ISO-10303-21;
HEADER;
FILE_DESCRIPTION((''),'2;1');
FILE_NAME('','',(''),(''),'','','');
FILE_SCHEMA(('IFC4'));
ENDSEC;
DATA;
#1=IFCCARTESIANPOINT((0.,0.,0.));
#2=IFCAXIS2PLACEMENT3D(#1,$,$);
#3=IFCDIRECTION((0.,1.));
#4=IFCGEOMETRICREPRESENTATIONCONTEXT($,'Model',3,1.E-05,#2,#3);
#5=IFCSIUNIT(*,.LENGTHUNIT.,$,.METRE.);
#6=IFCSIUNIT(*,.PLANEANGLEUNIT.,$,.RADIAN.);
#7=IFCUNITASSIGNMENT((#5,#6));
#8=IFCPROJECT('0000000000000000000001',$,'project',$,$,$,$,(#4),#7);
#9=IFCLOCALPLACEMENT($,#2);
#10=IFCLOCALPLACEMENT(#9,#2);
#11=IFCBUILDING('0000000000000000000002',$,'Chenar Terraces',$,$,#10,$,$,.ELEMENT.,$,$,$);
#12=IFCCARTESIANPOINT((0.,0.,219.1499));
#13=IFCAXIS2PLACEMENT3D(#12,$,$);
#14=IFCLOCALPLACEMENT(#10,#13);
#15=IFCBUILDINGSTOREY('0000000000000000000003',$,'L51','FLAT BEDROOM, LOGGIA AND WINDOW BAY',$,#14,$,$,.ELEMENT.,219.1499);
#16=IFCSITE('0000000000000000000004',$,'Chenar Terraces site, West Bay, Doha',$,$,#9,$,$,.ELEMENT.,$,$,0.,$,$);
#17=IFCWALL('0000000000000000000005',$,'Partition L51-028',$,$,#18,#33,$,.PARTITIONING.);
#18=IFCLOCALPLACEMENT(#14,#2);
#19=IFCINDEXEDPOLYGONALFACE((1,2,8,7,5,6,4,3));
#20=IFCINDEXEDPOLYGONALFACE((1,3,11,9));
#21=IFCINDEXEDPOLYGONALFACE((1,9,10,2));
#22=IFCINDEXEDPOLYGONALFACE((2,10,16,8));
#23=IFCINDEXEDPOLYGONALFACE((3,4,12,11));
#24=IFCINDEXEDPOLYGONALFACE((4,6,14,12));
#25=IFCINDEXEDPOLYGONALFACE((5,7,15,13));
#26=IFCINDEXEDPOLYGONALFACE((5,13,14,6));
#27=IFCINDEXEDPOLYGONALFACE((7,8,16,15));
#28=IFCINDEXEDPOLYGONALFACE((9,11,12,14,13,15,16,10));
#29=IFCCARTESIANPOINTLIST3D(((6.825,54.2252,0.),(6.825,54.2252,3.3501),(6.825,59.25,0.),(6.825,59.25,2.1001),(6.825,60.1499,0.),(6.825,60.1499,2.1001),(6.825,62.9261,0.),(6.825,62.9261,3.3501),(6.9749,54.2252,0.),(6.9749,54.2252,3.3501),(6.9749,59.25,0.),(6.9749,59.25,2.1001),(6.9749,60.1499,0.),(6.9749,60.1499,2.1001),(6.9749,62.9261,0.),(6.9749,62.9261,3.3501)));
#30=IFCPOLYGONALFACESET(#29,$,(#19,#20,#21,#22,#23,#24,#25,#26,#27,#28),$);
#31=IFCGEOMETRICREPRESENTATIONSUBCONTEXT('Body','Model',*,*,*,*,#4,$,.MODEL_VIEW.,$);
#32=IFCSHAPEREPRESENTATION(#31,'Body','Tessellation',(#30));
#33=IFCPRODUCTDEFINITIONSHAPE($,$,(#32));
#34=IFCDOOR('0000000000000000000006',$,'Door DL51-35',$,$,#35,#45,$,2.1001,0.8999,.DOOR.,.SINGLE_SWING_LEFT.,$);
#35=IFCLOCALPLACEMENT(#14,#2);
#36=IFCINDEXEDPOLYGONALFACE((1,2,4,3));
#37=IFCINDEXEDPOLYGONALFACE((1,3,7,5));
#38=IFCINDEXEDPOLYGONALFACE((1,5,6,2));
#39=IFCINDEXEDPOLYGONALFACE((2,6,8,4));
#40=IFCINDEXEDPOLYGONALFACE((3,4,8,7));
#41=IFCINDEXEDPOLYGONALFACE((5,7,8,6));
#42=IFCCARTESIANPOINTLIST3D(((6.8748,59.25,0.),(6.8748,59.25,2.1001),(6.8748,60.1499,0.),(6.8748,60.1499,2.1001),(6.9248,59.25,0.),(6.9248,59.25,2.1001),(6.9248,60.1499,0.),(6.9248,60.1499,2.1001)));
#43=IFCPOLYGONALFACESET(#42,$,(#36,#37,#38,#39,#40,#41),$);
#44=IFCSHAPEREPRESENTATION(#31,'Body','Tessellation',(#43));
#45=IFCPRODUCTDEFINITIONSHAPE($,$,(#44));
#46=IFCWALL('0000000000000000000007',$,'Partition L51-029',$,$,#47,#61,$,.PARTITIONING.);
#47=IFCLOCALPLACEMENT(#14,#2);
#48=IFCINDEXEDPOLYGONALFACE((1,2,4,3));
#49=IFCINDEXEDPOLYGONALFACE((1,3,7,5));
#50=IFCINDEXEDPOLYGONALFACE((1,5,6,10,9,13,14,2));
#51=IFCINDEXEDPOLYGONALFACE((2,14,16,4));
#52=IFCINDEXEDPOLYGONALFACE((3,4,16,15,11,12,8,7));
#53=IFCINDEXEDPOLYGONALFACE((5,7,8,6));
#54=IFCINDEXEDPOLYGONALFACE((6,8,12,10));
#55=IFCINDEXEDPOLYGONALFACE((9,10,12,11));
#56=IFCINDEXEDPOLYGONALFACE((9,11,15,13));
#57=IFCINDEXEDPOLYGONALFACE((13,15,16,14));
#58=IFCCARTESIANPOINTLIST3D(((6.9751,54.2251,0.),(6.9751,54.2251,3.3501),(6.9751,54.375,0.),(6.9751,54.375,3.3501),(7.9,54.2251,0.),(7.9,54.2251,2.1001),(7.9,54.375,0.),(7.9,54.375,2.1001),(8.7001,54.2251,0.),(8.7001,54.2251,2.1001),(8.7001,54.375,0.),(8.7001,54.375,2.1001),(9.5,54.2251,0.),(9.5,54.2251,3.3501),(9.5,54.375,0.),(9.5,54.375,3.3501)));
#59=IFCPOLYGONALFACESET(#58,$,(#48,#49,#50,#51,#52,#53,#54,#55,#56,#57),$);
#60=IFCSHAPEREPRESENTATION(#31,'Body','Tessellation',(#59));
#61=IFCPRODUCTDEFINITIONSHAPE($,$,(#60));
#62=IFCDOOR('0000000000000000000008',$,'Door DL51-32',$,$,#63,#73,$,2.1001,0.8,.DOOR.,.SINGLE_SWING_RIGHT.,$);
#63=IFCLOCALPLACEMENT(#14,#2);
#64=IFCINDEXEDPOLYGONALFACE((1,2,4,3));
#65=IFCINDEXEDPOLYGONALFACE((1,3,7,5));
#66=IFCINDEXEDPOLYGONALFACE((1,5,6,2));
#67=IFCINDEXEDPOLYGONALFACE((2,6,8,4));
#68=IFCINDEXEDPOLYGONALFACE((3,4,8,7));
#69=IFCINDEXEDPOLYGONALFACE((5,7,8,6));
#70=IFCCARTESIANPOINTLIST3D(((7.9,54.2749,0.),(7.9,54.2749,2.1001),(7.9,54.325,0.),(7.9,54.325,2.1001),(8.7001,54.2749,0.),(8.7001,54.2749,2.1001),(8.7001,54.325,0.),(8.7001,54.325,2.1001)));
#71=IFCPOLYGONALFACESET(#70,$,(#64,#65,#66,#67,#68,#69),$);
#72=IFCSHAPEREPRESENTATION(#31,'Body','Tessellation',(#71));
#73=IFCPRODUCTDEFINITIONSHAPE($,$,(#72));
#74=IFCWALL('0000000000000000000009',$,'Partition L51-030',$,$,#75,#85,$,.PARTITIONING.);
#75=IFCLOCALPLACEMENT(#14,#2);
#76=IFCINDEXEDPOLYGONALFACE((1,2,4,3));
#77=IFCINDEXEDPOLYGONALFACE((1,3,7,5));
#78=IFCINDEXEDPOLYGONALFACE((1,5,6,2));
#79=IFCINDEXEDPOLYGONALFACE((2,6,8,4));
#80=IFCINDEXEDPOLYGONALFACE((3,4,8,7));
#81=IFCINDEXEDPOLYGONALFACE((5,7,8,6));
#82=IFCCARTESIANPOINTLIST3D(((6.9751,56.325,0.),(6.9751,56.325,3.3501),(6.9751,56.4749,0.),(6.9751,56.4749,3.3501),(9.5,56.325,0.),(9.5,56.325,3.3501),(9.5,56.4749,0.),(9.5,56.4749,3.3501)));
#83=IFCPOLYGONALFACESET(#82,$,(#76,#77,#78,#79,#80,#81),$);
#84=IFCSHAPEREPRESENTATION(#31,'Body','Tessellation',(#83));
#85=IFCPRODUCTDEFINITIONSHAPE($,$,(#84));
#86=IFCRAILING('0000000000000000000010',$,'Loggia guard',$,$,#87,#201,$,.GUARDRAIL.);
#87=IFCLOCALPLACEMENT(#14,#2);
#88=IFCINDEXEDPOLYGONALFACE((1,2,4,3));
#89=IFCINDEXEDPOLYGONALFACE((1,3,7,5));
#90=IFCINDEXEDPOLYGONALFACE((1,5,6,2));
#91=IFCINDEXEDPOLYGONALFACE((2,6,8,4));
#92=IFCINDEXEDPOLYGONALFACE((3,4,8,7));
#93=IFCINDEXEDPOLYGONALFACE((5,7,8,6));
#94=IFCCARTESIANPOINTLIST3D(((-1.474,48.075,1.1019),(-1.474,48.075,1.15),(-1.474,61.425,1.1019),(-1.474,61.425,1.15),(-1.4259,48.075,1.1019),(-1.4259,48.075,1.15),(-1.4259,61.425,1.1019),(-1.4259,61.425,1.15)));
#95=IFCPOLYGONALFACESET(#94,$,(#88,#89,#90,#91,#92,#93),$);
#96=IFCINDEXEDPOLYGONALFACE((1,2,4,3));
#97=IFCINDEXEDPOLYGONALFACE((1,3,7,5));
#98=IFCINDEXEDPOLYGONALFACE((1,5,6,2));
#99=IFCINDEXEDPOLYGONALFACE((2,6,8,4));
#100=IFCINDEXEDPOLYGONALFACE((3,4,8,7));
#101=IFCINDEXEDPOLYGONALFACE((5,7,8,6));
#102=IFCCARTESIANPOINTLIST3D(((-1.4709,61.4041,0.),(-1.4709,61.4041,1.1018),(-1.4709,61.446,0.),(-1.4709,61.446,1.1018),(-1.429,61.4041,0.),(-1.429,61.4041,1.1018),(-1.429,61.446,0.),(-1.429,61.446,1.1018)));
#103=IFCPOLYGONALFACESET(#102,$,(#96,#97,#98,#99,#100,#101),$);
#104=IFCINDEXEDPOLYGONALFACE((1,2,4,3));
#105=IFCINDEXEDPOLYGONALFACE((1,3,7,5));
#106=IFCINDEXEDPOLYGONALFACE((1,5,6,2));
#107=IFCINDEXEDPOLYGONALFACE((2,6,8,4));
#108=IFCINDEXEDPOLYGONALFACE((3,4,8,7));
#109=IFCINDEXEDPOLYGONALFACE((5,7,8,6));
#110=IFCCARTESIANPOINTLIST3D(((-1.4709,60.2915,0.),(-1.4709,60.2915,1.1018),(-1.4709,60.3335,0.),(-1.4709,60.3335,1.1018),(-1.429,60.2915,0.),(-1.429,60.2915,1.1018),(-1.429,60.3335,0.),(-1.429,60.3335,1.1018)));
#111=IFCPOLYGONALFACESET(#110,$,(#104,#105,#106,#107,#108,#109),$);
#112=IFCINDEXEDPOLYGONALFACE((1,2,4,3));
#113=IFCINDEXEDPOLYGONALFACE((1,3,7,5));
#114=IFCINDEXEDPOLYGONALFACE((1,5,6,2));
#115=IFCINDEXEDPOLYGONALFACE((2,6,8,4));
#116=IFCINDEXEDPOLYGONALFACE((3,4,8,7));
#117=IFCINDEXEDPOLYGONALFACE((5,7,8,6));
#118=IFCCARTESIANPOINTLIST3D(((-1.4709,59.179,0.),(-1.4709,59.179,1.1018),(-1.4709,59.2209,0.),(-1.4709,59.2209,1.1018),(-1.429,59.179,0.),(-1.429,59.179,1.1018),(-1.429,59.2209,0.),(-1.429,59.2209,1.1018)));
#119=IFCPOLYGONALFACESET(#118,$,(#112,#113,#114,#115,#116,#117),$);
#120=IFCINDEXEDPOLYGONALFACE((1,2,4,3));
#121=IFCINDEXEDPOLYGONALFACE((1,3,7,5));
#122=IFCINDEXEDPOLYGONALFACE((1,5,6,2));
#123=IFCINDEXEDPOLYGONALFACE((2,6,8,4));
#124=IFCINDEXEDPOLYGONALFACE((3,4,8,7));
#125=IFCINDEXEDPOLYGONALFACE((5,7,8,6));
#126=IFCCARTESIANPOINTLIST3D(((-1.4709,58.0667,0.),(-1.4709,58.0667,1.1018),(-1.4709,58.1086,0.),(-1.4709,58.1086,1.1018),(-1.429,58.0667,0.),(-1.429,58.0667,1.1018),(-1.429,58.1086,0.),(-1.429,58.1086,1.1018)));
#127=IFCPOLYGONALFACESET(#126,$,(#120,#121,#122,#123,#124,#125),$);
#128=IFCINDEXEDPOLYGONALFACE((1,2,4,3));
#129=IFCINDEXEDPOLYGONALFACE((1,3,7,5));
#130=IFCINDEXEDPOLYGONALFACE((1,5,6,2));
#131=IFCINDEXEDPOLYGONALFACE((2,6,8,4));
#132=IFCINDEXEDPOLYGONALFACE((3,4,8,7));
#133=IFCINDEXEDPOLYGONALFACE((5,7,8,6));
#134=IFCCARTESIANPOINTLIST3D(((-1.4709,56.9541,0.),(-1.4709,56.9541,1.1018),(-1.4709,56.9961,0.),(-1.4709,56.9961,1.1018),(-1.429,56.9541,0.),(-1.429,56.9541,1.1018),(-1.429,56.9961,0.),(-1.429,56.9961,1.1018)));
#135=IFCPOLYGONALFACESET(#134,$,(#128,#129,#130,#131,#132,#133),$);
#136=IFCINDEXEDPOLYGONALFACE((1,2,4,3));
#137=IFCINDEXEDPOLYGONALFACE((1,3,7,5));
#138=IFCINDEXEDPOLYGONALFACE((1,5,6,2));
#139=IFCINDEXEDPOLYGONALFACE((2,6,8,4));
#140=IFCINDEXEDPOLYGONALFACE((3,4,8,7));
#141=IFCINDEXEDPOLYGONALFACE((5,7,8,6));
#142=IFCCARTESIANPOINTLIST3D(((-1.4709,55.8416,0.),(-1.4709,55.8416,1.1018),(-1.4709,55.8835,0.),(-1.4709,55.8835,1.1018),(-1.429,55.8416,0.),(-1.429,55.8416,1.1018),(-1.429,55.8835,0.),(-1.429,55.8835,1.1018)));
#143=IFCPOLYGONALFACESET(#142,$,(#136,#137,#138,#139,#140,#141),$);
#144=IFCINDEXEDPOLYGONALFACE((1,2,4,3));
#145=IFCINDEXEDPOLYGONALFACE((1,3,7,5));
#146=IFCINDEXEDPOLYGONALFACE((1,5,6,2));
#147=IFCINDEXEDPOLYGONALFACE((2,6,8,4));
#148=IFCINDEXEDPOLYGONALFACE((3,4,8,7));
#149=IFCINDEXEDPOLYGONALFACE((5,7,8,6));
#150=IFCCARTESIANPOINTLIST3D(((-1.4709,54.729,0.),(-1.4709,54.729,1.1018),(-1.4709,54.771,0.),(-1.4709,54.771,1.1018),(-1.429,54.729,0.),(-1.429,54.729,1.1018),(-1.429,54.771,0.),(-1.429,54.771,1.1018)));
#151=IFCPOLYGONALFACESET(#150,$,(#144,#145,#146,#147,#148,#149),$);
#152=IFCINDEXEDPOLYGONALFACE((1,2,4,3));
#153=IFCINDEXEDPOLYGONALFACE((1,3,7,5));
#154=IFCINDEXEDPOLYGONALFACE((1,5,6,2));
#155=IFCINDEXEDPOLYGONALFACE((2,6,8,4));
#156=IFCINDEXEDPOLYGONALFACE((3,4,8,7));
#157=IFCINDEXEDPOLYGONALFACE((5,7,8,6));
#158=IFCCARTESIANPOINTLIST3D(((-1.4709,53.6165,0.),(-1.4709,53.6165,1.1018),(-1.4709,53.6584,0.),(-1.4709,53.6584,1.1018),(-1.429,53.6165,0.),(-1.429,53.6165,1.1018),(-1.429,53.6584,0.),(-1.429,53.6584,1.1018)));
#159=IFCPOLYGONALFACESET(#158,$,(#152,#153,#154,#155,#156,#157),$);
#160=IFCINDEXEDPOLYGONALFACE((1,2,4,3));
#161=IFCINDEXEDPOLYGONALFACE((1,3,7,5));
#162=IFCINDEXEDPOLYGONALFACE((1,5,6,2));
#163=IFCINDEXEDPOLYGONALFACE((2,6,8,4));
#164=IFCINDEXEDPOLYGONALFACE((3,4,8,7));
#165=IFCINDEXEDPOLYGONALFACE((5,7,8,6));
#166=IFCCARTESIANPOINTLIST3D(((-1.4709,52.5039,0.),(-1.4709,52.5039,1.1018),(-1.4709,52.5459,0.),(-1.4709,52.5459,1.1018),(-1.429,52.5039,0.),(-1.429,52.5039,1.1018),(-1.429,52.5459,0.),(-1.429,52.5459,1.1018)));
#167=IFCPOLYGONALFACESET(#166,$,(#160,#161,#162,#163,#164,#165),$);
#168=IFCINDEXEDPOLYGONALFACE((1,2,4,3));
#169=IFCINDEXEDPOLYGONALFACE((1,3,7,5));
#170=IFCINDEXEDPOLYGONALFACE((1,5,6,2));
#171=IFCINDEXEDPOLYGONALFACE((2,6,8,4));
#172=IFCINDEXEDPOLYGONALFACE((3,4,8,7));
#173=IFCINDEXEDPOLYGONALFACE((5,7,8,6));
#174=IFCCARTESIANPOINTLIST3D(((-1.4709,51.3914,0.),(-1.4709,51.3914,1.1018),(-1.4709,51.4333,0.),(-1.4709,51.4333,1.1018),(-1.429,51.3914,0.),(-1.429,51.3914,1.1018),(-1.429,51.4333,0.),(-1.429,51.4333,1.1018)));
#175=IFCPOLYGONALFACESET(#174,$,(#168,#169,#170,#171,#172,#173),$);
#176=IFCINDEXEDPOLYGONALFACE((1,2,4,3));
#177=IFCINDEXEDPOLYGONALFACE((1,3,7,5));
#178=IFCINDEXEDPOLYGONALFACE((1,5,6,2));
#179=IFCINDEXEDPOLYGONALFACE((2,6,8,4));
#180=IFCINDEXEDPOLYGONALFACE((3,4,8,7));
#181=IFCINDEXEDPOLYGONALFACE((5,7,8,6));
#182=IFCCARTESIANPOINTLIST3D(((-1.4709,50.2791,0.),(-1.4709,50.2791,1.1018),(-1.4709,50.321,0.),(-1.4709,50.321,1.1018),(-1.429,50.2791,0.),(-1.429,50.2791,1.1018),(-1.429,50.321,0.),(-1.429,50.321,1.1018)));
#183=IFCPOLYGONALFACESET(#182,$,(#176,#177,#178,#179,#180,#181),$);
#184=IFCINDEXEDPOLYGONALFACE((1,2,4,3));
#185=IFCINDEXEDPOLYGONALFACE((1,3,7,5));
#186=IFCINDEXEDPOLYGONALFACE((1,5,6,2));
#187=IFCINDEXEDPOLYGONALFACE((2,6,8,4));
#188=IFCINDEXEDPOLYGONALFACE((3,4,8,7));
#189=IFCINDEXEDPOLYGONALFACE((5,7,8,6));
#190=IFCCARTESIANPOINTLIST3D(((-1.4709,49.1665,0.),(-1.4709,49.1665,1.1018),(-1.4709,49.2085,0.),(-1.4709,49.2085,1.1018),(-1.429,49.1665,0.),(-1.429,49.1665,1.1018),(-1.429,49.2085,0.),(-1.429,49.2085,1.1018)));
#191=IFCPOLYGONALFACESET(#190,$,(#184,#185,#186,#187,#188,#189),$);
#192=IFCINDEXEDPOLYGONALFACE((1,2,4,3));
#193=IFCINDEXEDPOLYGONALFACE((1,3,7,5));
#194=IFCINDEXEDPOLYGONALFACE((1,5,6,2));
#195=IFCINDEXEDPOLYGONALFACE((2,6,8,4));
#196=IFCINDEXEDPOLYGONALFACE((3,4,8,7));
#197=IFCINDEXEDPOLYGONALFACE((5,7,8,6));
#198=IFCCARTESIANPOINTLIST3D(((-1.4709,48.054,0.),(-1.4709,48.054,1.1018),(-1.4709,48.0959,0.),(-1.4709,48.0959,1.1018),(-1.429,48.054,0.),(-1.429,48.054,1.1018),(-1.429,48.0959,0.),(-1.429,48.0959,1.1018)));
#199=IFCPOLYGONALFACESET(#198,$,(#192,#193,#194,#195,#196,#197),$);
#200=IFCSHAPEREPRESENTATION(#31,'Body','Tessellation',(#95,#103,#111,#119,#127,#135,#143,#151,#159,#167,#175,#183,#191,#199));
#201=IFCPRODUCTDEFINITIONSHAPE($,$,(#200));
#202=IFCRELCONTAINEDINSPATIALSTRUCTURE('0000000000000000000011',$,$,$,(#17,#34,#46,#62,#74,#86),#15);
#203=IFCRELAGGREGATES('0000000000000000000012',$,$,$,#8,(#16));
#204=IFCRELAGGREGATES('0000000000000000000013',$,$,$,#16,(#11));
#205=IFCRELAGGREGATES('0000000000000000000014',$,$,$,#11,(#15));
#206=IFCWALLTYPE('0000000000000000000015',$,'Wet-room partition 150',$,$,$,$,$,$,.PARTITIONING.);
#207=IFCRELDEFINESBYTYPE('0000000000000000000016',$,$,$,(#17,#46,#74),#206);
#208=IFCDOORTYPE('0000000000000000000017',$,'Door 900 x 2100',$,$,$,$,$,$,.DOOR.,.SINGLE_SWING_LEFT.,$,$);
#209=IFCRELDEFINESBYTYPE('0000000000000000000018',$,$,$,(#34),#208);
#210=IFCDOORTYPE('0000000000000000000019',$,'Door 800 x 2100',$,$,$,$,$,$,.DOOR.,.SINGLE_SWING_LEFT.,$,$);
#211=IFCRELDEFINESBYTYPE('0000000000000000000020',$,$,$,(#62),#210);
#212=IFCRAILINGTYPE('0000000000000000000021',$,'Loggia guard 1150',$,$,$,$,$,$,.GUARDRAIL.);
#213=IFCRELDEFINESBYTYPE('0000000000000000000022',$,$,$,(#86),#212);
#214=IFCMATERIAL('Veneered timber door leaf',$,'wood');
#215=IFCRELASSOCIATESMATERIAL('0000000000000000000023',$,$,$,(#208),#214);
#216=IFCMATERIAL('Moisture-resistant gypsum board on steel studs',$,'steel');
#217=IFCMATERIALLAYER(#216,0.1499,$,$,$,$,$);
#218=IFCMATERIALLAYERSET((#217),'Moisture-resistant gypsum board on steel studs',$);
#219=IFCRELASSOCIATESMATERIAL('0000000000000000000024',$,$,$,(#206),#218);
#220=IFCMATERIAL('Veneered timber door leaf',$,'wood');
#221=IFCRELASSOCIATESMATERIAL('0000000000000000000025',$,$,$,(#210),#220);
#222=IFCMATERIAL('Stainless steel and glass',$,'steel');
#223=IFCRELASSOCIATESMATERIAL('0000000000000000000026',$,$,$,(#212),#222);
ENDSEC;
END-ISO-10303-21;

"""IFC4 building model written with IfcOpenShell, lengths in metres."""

from ifc_helpers import new_model, si_unit, direction, frame, frame_2d, origin, origin_2d, place, context, subcontext, project, spatial, rectangle, extrude, material, layer, layer_set, type_object, element, fill, save


model = new_model("IFC4")

# Units and contexts
model_context = context("Model", 3, precision=1e-05, world=origin(), true_north=direction((0.0, 1.0)))
body_context = subcontext(model_context, "Body", "Model", "MODEL_VIEW")
ifc_project = project(units=[si_unit("LENGTHUNIT", "METRE"), si_unit("PLANEANGLEUNIT", "RADIAN")], contexts=[model_context])

# Site, building, storey
site_placement = place(None, origin())
site = spatial("IfcSite", under=ifc_project, at=site_placement, Name="Chenar Terraces site, West Bay, Doha", CompositionType="ELEMENT", RefElevation=0.0)
building_placement = place(site_placement, origin())
building = spatial("IfcBuilding", under=site, at=building_placement, Name="Chenar Terraces", CompositionType="ELEMENT")
storey_placement = place(building_placement, frame((0.0, 0.0, 219.1499)))
storey = spatial("IfcBuildingStorey", under=building, at=storey_placement, Name="L51", Description="FLAT BEDROOM, LOGGIA AND WINDOW BAY", CompositionType="ELEMENT", Elevation=219.1499)

# Shared definitions
ifc_material_1 = material(Name="Veneered timber door leaf", Category="wood")
door_type_1 = type_object("IfcDoorType", Name="Door 900 x 2100", OperationType="SINGLE_SWING_LEFT", PredefinedType="DOOR", material=ifc_material_1)

# Walls, openings, doors
ifc_material_2 = material(Name="Moisture-resistant gypsum board on steel studs", Category="steel")
ifc_layer_1 = layer(ifc_material_2, 0.1499)
ifc_layer_set_1 = layer_set([ifc_layer_1], Name="Moisture-resistant gypsum board on steel studs")
wall_type_1 = type_object("IfcWallType", Name="Wet-room partition 150", PredefinedType="PARTITIONING", material=ifc_layer_set_1)
wall_1_placement = place(storey_placement, frame((6.8999, 54.2251, 0.0), z_axis=(0.0, 0.0, 1.0), x_axis=(0.0, 1.0, 0.0)))
wall_1 = element("IfcWall", 1, at=wall_1_placement, inside=storey, type_object=wall_type_1, Name="Partition L51-028", PredefinedType="PARTITIONING", context=body_context, shape_type="SweptSolid", body=[
    extrude(rectangle(XDim=8.7009, YDim=0.1499, at=frame_2d((4.3506, 0.0))), origin(), (0.0, 0.0, 1.0), 3.3501),
])
opening_1_placement = place(wall_1_placement, frame((5.0249, 0.0, 0.0)))
opening_1 = element("IfcOpeningElement", 2, at=opening_1_placement, cuts=wall_1, PredefinedType="OPENING", context=body_context, shape_type="SweptSolid", body=[
    extrude(rectangle(XDim=0.8999, YDim=2.1001, at=frame_2d((0.45, 1.05))), frame((0.0, 0.085, 0.0), z_axis=(0.0, -1.0, 0.0), x_axis=(1.0, 0.0, 0.0)), (0.0, 0.0, 1.0), 0.1699),
])
door_1_placement = place(opening_1_placement, frame((0.8999, 0.0, 0.0), z_axis=(0.0, 0.0, 1.0), x_axis=(-1.0, 0.0, 0.0)))
door_1 = element("IfcDoor", 3, at=door_1_placement, inside=storey, type_object=door_type_1, Name="Door DL51-35", OperationType="SINGLE_SWING_LEFT", OverallHeight=2.1001, OverallWidth=0.8999, PredefinedType="DOOR", context=body_context, shape_type="SweptSolid", body=[
    extrude(rectangle(XDim=0.8999, YDim=2.1001, at=frame_2d((0.45, 1.05))), frame((0.0, 0.0249, 0.0), z_axis=(0.0, -1.0, 0.0), x_axis=(1.0, 0.0, 0.0)), (0.0, 0.0, 1.0), 0.05),
])
fill(opening_1, door_1)
wall_2_placement = place(storey_placement, frame((6.9751, 54.3, 0.0), z_axis=(0.0, 0.0, 1.0), x_axis=(1.0, 0.0, 0.0)))
wall_2 = element("IfcWall", 4, at=wall_2_placement, inside=storey, type_object=wall_type_1, Name="Partition L51-029", PredefinedType="PARTITIONING", context=body_context, shape_type="SweptSolid", body=[
    extrude(rectangle(XDim=2.5249, YDim=0.1499, at=frame_2d((1.2625, 0.0))), origin(), (0.0, 0.0, 1.0), 3.3501),
])
opening_2_placement = place(wall_2_placement, frame((0.925, 0.0, 0.0)))
opening_2 = element("IfcOpeningElement", 5, at=opening_2_placement, cuts=wall_2, PredefinedType="OPENING", context=body_context, shape_type="SweptSolid", body=[
    extrude(rectangle(XDim=0.8, YDim=2.1001, at=frame_2d((0.3999, 1.05))), frame((0.0, 0.085, 0.0), z_axis=(0.0, -1.0, 0.0), x_axis=(1.0, 0.0, 0.0)), (0.0, 0.0, 1.0), 0.1699),
])
ifc_material_3 = material(Name="Veneered timber door leaf", Category="wood")
door_type_2 = type_object("IfcDoorType", Name="Door 800 x 2100", OperationType="SINGLE_SWING_LEFT", PredefinedType="DOOR", material=ifc_material_3)
door_2_placement = place(opening_2_placement, origin())
door_2 = element("IfcDoor", 6, at=door_2_placement, inside=storey, type_object=door_type_2, Name="Door DL51-32", OperationType="SINGLE_SWING_RIGHT", OverallHeight=2.1001, OverallWidth=0.8, PredefinedType="DOOR", context=body_context, shape_type="SweptSolid", body=[
    extrude(rectangle(XDim=0.8, YDim=2.1001, at=frame_2d((0.3999, 1.05))), frame((0.0, 0.0249, 0.0), z_axis=(0.0, -1.0, 0.0), x_axis=(1.0, 0.0, 0.0)), (0.0, 0.0, 1.0), 0.05),
])
fill(opening_2, door_2)

# Wall
wall_3_placement = place(storey_placement, frame((6.9751, 56.3999, 0.0), z_axis=(0.0, 0.0, 1.0), x_axis=(1.0, 0.0, 0.0)))
element("IfcWall", 7, at=wall_3_placement, inside=storey, type_object=wall_type_1, Name="Partition L51-030", PredefinedType="PARTITIONING", context=body_context, shape_type="SweptSolid", body=[
    extrude(rectangle(XDim=2.5249, YDim=0.1499, at=frame_2d((1.2625, 0.0))), origin(), (0.0, 0.0, 1.0), 3.3501),
])

# Railing
ifc_material_4 = material(Name="Stainless steel and glass", Category="steel")
railing_type = type_object("IfcRailingType", Name="Loggia guard 1150", PredefinedType="GUARDRAIL", material=ifc_material_4)
railing_placement = place(storey_placement, frame((-1.45, 61.425, 0.0)))
element("IfcRailing", 8, at=railing_placement, inside=storey, type_object=railing_type, Name="Loggia guard", PredefinedType="GUARDRAIL", context=body_context, shape_type="SweptSolid", body=[
    extrude(rectangle(XDim=0.0481, YDim=0.0481, at=origin_2d()), frame((0.0, 0.0, 1.126), z_axis=(0.0, -1.0, 0.0), x_axis=(1.0, 0.0, 0.0)), (0.0, 0.0, 1.0), 13.3501),
    extrude(rectangle(XDim=0.042, YDim=0.042, at=origin_2d()), origin(), (0.0, 0.0, 1.0), 1.1018),
    extrude(rectangle(XDim=0.042, YDim=0.042, at=origin_2d()), frame((0.0, -1.1125, 0.0)), (0.0, 0.0, 1.0), 1.1018),
    extrude(rectangle(XDim=0.042, YDim=0.042, at=origin_2d()), frame((0.0, -2.2251, 0.0)), (0.0, 0.0, 1.0), 1.1018),
    extrude(rectangle(XDim=0.042, YDim=0.042, at=origin_2d()), frame((0.0, -3.3374, 0.0)), (0.0, 0.0, 1.0), 1.1018),
    extrude(rectangle(XDim=0.042, YDim=0.042, at=origin_2d()), frame((0.0, -4.45, 0.0)), (0.0, 0.0, 1.0), 1.1018),
    extrude(rectangle(XDim=0.042, YDim=0.042, at=origin_2d()), frame((0.0, -5.5625, 0.0)), (0.0, 0.0, 1.0), 1.1018),
    extrude(rectangle(XDim=0.042, YDim=0.042, at=origin_2d()), frame((0.0, -6.675, 0.0)), (0.0, 0.0, 1.0), 1.1018),
    extrude(rectangle(XDim=0.042, YDim=0.042, at=origin_2d()), frame((0.0, -7.7876, 0.0)), (0.0, 0.0, 1.0), 1.1018),
    extrude(rectangle(XDim=0.042, YDim=0.042, at=origin_2d()), frame((0.0, -8.9001, 0.0)), (0.0, 0.0, 1.0), 1.1018),
    extrude(rectangle(XDim=0.042, YDim=0.042, at=origin_2d()), frame((0.0, -10.0127, 0.0)), (0.0, 0.0, 1.0), 1.1018),
    extrude(rectangle(XDim=0.042, YDim=0.042, at=origin_2d()), frame((0.0, -11.125, 0.0)), (0.0, 0.0, 1.0), 1.1018),
    extrude(rectangle(XDim=0.042, YDim=0.042, at=origin_2d()), frame((0.0, -12.2375, 0.0)), (0.0, 0.0, 1.0), 1.1018),
    extrude(rectangle(XDim=0.042, YDim=0.042, at=origin_2d()), frame((0.0, -13.3501, 0.0)), (0.0, 0.0, 1.0), 1.1018),
])

save(model, "model.ifc")
